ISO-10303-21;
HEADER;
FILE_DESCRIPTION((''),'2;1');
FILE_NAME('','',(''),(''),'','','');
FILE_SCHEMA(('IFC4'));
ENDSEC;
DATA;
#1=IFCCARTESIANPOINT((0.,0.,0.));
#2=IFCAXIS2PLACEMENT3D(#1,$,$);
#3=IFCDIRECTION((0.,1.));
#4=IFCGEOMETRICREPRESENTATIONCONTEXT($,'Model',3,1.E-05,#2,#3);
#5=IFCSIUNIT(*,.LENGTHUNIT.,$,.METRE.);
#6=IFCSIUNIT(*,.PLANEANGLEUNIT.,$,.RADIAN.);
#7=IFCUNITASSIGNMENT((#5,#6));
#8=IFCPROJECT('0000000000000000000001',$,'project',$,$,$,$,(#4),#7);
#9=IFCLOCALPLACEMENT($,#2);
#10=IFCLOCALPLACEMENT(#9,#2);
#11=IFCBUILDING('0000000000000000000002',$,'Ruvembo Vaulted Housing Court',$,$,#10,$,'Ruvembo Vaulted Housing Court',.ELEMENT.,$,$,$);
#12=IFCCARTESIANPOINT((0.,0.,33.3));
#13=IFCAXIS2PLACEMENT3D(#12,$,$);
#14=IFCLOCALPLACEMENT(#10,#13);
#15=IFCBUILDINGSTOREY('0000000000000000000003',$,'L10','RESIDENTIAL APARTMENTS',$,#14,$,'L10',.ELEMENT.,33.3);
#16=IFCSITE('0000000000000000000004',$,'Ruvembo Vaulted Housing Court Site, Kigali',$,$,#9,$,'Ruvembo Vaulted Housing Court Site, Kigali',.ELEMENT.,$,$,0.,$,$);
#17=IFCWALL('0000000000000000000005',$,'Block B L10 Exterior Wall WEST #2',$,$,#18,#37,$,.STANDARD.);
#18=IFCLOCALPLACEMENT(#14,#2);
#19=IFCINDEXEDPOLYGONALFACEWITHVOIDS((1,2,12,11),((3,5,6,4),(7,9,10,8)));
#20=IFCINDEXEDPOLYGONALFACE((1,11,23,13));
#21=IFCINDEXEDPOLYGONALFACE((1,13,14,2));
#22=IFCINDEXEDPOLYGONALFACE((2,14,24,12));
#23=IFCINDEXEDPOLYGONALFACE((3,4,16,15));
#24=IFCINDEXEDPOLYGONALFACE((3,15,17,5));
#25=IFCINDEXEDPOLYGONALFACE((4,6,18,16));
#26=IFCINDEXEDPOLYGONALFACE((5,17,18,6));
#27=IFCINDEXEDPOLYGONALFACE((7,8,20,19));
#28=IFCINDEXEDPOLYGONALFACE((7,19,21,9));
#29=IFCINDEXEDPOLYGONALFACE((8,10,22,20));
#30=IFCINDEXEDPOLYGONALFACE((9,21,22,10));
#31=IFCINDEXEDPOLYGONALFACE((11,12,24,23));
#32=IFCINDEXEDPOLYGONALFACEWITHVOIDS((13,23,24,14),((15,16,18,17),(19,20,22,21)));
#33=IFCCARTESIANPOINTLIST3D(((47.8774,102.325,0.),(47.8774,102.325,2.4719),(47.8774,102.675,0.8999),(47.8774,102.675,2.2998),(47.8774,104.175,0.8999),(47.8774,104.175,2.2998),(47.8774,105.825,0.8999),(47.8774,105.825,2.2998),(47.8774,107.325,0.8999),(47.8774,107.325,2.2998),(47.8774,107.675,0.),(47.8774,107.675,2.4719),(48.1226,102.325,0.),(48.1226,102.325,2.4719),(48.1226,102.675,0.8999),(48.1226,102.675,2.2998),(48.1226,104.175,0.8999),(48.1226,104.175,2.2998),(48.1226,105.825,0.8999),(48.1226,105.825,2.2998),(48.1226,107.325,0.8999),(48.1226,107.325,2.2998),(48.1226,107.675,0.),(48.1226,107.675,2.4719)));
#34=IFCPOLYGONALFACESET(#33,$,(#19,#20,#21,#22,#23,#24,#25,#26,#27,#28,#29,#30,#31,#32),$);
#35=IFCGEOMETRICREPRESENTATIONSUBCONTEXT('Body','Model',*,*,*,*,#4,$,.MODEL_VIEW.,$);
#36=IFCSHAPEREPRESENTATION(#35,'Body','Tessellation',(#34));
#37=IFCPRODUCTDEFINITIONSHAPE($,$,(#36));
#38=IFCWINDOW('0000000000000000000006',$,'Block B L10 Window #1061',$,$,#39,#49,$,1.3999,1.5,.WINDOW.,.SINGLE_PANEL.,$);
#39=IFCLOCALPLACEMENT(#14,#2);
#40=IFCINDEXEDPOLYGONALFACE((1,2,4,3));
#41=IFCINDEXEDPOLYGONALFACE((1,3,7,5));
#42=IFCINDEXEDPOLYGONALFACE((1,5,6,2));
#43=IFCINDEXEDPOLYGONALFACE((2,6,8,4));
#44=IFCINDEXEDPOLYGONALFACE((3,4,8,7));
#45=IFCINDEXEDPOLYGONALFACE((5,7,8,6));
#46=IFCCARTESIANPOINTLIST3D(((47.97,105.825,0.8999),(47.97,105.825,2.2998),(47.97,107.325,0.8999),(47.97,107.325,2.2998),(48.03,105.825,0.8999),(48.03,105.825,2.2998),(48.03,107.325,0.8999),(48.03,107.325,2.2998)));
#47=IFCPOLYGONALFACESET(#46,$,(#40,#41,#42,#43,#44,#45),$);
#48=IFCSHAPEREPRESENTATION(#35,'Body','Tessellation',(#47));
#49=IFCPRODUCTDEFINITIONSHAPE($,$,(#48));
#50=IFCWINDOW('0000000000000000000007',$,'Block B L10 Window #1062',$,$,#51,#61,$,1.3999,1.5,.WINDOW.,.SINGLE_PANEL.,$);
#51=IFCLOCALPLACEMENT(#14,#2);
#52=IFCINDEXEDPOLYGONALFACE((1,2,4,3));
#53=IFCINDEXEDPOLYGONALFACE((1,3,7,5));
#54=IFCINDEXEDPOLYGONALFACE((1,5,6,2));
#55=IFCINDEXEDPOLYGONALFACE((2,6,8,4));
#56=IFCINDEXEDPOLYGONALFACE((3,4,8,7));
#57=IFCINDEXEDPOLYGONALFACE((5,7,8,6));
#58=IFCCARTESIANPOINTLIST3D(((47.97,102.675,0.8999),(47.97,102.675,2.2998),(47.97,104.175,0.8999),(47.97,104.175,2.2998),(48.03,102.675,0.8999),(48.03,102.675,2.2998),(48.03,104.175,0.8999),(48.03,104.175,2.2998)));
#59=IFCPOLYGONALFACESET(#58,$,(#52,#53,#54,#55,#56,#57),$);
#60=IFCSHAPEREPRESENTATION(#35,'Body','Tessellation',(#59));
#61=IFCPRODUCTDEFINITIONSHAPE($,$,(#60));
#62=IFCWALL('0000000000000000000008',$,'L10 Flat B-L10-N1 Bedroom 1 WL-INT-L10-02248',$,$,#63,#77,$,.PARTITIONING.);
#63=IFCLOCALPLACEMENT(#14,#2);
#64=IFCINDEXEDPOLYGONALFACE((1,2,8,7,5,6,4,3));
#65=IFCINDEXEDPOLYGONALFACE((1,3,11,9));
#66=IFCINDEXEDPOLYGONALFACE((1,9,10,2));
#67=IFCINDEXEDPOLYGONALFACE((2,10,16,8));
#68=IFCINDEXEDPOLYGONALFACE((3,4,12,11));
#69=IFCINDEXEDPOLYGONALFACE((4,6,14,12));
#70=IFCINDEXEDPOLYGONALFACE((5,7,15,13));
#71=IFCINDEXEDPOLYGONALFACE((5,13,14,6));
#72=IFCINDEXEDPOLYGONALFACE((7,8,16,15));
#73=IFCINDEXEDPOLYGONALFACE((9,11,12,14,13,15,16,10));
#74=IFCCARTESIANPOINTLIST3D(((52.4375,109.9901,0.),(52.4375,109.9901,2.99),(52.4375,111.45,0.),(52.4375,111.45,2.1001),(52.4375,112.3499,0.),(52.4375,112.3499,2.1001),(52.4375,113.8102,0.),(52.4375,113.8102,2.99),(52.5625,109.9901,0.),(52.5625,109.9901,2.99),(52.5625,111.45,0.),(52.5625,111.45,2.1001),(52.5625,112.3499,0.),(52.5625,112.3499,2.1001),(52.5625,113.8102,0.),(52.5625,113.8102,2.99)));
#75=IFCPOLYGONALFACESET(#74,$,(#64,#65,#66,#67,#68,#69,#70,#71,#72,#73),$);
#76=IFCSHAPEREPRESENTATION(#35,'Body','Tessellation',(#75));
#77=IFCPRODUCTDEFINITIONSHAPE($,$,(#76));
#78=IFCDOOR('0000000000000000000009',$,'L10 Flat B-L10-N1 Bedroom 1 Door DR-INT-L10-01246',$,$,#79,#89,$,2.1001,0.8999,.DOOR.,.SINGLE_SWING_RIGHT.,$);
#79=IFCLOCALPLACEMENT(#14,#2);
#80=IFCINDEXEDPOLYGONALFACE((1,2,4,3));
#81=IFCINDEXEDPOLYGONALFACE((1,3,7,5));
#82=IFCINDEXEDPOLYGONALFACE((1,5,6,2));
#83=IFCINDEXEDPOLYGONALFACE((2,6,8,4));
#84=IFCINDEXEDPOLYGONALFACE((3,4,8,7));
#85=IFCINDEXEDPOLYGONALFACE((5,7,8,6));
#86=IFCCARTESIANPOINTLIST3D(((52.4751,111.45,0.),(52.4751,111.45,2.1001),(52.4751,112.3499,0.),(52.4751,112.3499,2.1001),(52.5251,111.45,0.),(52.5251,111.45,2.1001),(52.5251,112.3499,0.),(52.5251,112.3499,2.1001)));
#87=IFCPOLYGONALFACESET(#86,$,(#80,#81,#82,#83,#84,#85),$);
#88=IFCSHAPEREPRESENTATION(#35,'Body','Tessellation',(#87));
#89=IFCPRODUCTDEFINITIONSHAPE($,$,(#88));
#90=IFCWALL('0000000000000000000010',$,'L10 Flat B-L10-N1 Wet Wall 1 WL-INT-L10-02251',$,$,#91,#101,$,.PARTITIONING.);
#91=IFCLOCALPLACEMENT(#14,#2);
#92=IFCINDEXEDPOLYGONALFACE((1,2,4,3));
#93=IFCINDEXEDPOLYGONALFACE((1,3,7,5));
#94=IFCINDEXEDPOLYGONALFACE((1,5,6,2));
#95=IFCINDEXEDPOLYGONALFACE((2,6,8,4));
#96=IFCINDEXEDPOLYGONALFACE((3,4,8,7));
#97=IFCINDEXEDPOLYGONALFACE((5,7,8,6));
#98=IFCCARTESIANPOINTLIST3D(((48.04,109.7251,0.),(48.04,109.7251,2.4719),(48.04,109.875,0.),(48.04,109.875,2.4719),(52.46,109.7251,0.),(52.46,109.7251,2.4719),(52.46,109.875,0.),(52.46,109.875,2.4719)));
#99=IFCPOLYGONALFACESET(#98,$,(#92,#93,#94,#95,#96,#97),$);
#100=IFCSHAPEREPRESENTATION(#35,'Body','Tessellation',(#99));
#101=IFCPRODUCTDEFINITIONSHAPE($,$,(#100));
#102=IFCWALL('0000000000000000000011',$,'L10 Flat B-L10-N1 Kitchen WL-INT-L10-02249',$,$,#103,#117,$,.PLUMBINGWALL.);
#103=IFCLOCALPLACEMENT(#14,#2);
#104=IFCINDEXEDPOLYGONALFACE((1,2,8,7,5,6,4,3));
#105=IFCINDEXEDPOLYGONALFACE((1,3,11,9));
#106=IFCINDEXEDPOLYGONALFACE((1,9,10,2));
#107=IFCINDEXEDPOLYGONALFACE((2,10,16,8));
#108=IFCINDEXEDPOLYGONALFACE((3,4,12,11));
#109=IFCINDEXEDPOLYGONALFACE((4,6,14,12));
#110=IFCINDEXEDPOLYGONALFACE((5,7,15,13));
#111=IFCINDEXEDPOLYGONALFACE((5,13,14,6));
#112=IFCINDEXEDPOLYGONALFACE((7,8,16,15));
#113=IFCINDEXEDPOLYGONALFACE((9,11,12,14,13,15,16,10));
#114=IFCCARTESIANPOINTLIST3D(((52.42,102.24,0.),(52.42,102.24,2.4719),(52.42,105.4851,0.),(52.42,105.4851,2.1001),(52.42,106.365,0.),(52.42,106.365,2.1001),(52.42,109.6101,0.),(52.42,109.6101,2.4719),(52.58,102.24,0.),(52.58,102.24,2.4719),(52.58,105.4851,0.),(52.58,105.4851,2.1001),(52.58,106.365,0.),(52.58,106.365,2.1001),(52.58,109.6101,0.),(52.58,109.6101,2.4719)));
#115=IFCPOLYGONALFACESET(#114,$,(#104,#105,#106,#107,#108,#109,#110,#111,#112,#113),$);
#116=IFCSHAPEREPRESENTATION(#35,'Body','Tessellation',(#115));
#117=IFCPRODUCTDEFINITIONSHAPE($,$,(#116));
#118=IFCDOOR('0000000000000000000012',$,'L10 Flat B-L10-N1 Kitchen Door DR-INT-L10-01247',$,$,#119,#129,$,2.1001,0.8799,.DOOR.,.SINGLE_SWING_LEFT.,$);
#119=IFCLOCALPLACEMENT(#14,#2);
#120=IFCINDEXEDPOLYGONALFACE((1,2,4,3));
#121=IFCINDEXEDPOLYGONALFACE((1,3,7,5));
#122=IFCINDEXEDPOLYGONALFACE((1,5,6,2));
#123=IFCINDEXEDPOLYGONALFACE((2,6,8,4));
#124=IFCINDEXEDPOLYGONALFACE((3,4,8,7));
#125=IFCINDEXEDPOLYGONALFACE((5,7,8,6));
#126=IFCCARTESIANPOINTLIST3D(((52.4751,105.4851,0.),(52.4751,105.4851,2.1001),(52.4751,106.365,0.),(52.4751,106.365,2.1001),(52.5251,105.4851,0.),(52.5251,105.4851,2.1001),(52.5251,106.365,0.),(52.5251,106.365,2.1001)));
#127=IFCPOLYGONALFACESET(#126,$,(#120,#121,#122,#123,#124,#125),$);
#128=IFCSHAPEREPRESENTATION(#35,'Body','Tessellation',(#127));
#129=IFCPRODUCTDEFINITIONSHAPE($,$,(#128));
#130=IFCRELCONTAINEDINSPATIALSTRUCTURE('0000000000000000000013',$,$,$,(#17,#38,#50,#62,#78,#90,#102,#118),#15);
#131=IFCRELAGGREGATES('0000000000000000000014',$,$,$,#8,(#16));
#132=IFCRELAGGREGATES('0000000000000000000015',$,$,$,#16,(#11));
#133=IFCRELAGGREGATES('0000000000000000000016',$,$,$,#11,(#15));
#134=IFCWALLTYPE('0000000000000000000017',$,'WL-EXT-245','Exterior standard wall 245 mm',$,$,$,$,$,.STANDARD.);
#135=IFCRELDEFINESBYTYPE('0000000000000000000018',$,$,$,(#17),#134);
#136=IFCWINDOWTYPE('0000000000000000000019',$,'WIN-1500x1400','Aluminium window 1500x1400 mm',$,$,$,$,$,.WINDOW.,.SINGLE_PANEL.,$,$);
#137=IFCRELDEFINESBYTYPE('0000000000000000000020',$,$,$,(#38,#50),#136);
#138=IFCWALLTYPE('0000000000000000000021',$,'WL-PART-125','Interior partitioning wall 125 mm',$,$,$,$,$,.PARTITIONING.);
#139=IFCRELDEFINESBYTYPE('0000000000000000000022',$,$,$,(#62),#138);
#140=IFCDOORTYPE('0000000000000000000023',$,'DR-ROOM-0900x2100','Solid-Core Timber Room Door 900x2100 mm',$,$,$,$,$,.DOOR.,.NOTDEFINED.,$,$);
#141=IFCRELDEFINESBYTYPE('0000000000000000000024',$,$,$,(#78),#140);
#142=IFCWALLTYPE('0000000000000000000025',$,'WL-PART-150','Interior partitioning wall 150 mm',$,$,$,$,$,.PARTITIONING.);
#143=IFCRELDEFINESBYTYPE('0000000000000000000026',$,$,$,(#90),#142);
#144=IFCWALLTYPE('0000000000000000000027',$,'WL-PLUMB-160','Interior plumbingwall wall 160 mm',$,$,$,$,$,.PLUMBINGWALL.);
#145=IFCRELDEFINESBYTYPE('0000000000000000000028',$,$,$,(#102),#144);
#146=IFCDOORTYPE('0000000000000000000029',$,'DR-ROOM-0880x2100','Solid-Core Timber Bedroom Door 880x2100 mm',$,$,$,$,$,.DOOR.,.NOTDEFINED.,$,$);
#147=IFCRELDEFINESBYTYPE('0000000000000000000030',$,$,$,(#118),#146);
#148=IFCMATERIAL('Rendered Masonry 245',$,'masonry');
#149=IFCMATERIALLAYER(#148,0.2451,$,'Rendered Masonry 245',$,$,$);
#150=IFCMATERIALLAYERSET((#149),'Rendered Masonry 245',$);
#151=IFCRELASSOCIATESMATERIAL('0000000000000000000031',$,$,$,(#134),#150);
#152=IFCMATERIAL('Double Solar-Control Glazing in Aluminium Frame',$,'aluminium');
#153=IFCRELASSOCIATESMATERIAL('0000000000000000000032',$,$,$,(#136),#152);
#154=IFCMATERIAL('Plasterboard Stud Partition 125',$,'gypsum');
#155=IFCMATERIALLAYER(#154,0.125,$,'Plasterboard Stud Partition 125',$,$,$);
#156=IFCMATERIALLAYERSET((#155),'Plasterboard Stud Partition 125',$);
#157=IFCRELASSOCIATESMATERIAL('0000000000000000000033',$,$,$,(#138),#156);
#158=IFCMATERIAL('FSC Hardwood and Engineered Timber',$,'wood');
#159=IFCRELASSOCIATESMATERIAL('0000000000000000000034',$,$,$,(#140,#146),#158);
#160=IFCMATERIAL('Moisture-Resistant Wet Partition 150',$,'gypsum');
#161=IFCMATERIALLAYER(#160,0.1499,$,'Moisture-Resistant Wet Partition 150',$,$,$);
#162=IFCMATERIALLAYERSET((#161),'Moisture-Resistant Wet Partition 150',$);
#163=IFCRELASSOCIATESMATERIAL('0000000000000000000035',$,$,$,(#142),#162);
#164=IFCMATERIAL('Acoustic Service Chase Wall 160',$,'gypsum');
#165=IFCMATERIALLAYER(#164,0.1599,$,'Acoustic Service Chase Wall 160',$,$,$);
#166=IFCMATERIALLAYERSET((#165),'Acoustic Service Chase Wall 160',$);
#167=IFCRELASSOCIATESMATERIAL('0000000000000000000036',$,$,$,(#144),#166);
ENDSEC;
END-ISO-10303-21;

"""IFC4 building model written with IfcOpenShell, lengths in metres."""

from ifc_helpers import new_model, si_unit, direction, frame, frame_2d, origin, place, context, subcontext, project, spatial, rectangle, extrude, material, layer, layer_set, type_object, element, fill, save


model = new_model("IFC4")

# Units and contexts
model_context = context("Model", 3, precision=1e-05, world=origin(), true_north=direction((0.0, 1.0)))
body_context = subcontext(model_context, "Body", "Model", "MODEL_VIEW")
ifc_project = project(units=[si_unit("LENGTHUNIT", "METRE"), si_unit("PLANEANGLEUNIT", "RADIAN")], contexts=[model_context])

# Site, building, storey
site_placement = place(None, origin())
site = spatial("IfcSite", under=ifc_project, at=site_placement, Name="Ruvembo Vaulted Housing Court Site, Kigali", LongName="Ruvembo Vaulted Housing Court Site, Kigali", CompositionType="ELEMENT", RefElevation=0.0)
building_placement = place(site_placement, origin())
building = spatial("IfcBuilding", under=site, at=building_placement, Name="Ruvembo Vaulted Housing Court", LongName="Ruvembo Vaulted Housing Court", CompositionType="ELEMENT")
storey_placement = place(building_placement, frame((0.0, 0.0, 33.3)))
storey = spatial("IfcBuildingStorey", under=building, at=storey_placement, Name="L10", Description="RESIDENTIAL APARTMENTS", LongName="L10", CompositionType="ELEMENT", Elevation=33.3)

# Wall, openings, windows
ifc_material_1 = material(Name="Rendered Masonry 245", Category="masonry")
ifc_layer_1 = layer(ifc_material_1, 0.2451, Name="Rendered Masonry 245")
ifc_layer_set_1 = layer_set([ifc_layer_1], Name="Rendered Masonry 245")
wall_type_1 = type_object("IfcWallType", Name="WL-EXT-245", Description="Exterior standard wall 245 mm", PredefinedType="STANDARD", material=ifc_layer_set_1)
ifc_material_2 = material(Name="Double Solar-Control Glazing in Aluminium Frame", Category="aluminium")
wall_1_placement = place(storey_placement, frame((48.0, 107.675, 0.0), z_axis=(0.0, 0.0, 1.0), x_axis=(0.0, -1.0, 0.0)))
wall_1 = element("IfcWall", 1, at=wall_1_placement, inside=storey, type_object=wall_type_1, Name="Block B L10 Exterior Wall WEST #2", PredefinedType="STANDARD", context=body_context, shape_type="SweptSolid", body=[
    extrude(rectangle(XDim=5.3501, YDim=0.2451, at=frame_2d((2.675, 0.0))), origin(), (0.0, 0.0, 1.0), 2.4719),
])
opening_1_placement = place(wall_1_placement, frame((0.3501, 0.0, 0.8999)))
opening_1 = element("IfcOpeningElement", 2, at=opening_1_placement, cuts=wall_1, PredefinedType="OPENING", context=body_context, shape_type="SweptSolid", body=[
    extrude(rectangle(XDim=1.5, YDim=1.3999, at=frame_2d((0.75, 0.7))), frame((0.0, 0.1326, 0.0), z_axis=(0.0, -1.0, 0.0), x_axis=(1.0, 0.0, 0.0)), (0.0, 0.0, 1.0), 0.2651),
])
opening_2_placement = place(wall_1_placement, frame((3.5, 0.0, 0.8999)))
opening_2 = element("IfcOpeningElement", 3, at=opening_2_placement, cuts=wall_1, PredefinedType="OPENING", context=body_context, shape_type="SweptSolid", body=[
    extrude(rectangle(XDim=1.5, YDim=1.3999, at=frame_2d((0.75, 0.7))), frame((0.0, 0.1326, 0.0), z_axis=(0.0, -1.0, 0.0), x_axis=(1.0, 0.0, 0.0)), (0.0, 0.0, 1.0), 0.2651),
])
window_type_1 = type_object("IfcWindowType", Name="WIN-1500x1400", Description="Aluminium window 1500x1400 mm", PartitioningType="SINGLE_PANEL", PredefinedType="WINDOW", material=ifc_material_2)
window_1_placement = place(opening_1_placement, origin())
window_1 = element("IfcWindow", 4, at=window_1_placement, inside=storey, type_object=window_type_1, Name="Block B L10 Window #1061", OverallHeight=1.3999, OverallWidth=1.5, PartitioningType="SINGLE_PANEL", PredefinedType="WINDOW", context=body_context, shape_type="SweptSolid", body=[
    extrude(rectangle(XDim=1.5, YDim=1.3999, at=frame_2d((0.75, 0.7))), frame((0.0, 0.03, 0.0), z_axis=(0.0, -1.0, 0.0), x_axis=(1.0, 0.0, 0.0)), (0.0, 0.0, 1.0), 0.0601),
])
fill(opening_1, window_1)
window_2_placement = place(opening_2_placement, origin())
window_2 = element("IfcWindow", 5, at=window_2_placement, inside=storey, type_object=window_type_1, Name="Block B L10 Window #1062", OverallHeight=1.3999, OverallWidth=1.5, PartitioningType="SINGLE_PANEL", PredefinedType="WINDOW", context=body_context, shape_type="SweptSolid", body=[
    extrude(rectangle(XDim=1.5, YDim=1.3999, at=frame_2d((0.75, 0.7))), frame((0.0, 0.03, 0.0), z_axis=(0.0, -1.0, 0.0), x_axis=(1.0, 0.0, 0.0)), (0.0, 0.0, 1.0), 0.0601),
])
fill(opening_2, window_2)

# Wall, opening, door
ifc_material_3 = material(Name="Plasterboard Stud Partition 125", Category="gypsum")
ifc_layer_2 = layer(ifc_material_3, 0.125, Name="Plasterboard Stud Partition 125")
ifc_layer_set_2 = layer_set([ifc_layer_2], Name="Plasterboard Stud Partition 125")
wall_type_2 = type_object("IfcWallType", Name="WL-PART-125", Description="Interior partitioning wall 125 mm", PredefinedType="PARTITIONING", material=ifc_layer_set_2)
wall_2_placement = place(storey_placement, frame((52.5, 109.99, 0.0), z_axis=(0.0, 0.0, 1.0), x_axis=(0.0, 1.0, 0.0)))
wall_2 = element("IfcWall", 6, at=wall_2_placement, inside=storey, type_object=wall_type_2, Name="L10 Flat B-L10-N1 Bedroom 1 WL-INT-L10-02248", PredefinedType="PARTITIONING", context=body_context, shape_type="SweptSolid", body=[
    extrude(rectangle(XDim=3.8201, YDim=0.125, at=frame_2d((1.9102, 0.0))), origin(), (0.0, 0.0, 1.0), 2.99),
])
opening_3_placement = place(wall_2_placement, frame((1.46, 0.0, 0.0)))
opening_3 = element("IfcOpeningElement", 7, at=opening_3_placement, cuts=wall_2, PredefinedType="OPENING", context=body_context, shape_type="SweptSolid", body=[
    extrude(rectangle(XDim=0.8999, YDim=2.1001, at=frame_2d((0.45, 1.05))), frame((0.0, 0.0725, 0.0), z_axis=(0.0, -1.0, 0.0), x_axis=(1.0, 0.0, 0.0)), (0.0, 0.0, 1.0), 0.145),
])
ifc_material_4 = material(Name="FSC Hardwood and Engineered Timber", Category="wood")
door_type_1 = type_object("IfcDoorType", Name="DR-ROOM-0900x2100", Description="Solid-Core Timber Room Door 900x2100 mm", OperationType="NOTDEFINED", PredefinedType="DOOR", material=ifc_material_4)
door_1_placement = place(opening_3_placement, origin())
door_1 = element("IfcDoor", 8, at=door_1_placement, inside=storey, type_object=door_type_1, Name="L10 Flat B-L10-N1 Bedroom 1 Door DR-INT-L10-01246", OperationType="SINGLE_SWING_RIGHT", OverallHeight=2.1001, OverallWidth=0.8999, PredefinedType="DOOR", context=body_context, shape_type="SweptSolid", body=[
    extrude(rectangle(XDim=0.8999, YDim=2.1001, at=frame_2d((0.45, 1.05))), frame((0.0, 0.0249, 0.0), z_axis=(0.0, -1.0, 0.0), x_axis=(1.0, 0.0, 0.0)), (0.0, 0.0, 1.0), 0.05),
])
fill(opening_3, door_1)

# Wall
ifc_material_5 = material(Name="Moisture-Resistant Wet Partition 150", Category="gypsum")
ifc_layer_3 = layer(ifc_material_5, 0.1499, Name="Moisture-Resistant Wet Partition 150")
ifc_layer_set_3 = layer_set([ifc_layer_3], Name="Moisture-Resistant Wet Partition 150")
wall_type_3 = type_object("IfcWallType", Name="WL-PART-150", Description="Interior partitioning wall 150 mm", PredefinedType="PARTITIONING", material=ifc_layer_set_3)
wall_3_placement = place(storey_placement, frame((48.04, 109.8, 0.0), z_axis=(0.0, 0.0, 1.0), x_axis=(1.0, 0.0, 0.0)))
element("IfcWall", 9, at=wall_3_placement, inside=storey, type_object=wall_type_3, Name="L10 Flat B-L10-N1 Wet Wall 1 WL-INT-L10-02251", PredefinedType="PARTITIONING", context=body_context, shape_type="SweptSolid", body=[
    extrude(rectangle(XDim=4.4199, YDim=0.1499, at=frame_2d((2.21, 0.0))), origin(), (0.0, 0.0, 1.0), 2.4719),
])

# Wall, opening, door
ifc_material_6 = material(Name="Acoustic Service Chase Wall 160", Category="gypsum")
ifc_layer_4 = layer(ifc_material_6, 0.1599, Name="Acoustic Service Chase Wall 160")
ifc_layer_set_4 = layer_set([ifc_layer_4], Name="Acoustic Service Chase Wall 160")
wall_type_4 = type_object("IfcWallType", Name="WL-PLUMB-160", Description="Interior plumbingwall wall 160 mm", PredefinedType="PLUMBINGWALL", material=ifc_layer_set_4)
wall_4_placement = place(storey_placement, frame((52.5, 102.24, 0.0), z_axis=(0.0, 0.0, 1.0), x_axis=(0.0, 1.0, 0.0)))
wall_4 = element("IfcWall", 10, at=wall_4_placement, inside=storey, type_object=wall_type_4, Name="L10 Flat B-L10-N1 Kitchen WL-INT-L10-02249", PredefinedType="PLUMBINGWALL", context=body_context, shape_type="SweptSolid", body=[
    extrude(rectangle(XDim=7.3701, YDim=0.1599, at=frame_2d((3.6851, 0.0))), origin(), (0.0, 0.0, 1.0), 2.4719),
])
opening_4_placement = place(wall_4_placement, frame((3.2451, 0.0, 0.0)))
opening_4 = element("IfcOpeningElement", 11, at=opening_4_placement, cuts=wall_4, PredefinedType="OPENING", context=body_context, shape_type="SweptSolid", body=[
    extrude(rectangle(XDim=0.8799, YDim=2.1001, at=frame_2d((0.4399, 1.05))), frame((0.0, 0.0898, 0.0), z_axis=(0.0, -1.0, 0.0), x_axis=(1.0, 0.0, 0.0)), (0.0, 0.0, 1.0), 0.1799),
])
door_type_2 = type_object("IfcDoorType", Name="DR-ROOM-0880x2100", Description="Solid-Core Timber Bedroom Door 880x2100 mm", OperationType="NOTDEFINED", PredefinedType="DOOR", material=ifc_material_4)
door_2_placement = place(opening_4_placement, origin())
door_2 = element("IfcDoor", 12, at=door_2_placement, inside=storey, type_object=door_type_2, Name="L10 Flat B-L10-N1 Kitchen Door DR-INT-L10-01247", OperationType="SINGLE_SWING_LEFT", OverallHeight=2.1001, OverallWidth=0.8799, PredefinedType="DOOR", context=body_context, shape_type="SweptSolid", body=[
    extrude(rectangle(XDim=0.8799, YDim=2.1001, at=frame_2d((0.4399, 1.05))), frame((0.0, 0.0249, 0.0), z_axis=(0.0, -1.0, 0.0), x_axis=(1.0, 0.0, 0.0)), (0.0, 0.0, 1.0), 0.05),
])
fill(opening_4, door_2)

save(model, "model.ifc")
